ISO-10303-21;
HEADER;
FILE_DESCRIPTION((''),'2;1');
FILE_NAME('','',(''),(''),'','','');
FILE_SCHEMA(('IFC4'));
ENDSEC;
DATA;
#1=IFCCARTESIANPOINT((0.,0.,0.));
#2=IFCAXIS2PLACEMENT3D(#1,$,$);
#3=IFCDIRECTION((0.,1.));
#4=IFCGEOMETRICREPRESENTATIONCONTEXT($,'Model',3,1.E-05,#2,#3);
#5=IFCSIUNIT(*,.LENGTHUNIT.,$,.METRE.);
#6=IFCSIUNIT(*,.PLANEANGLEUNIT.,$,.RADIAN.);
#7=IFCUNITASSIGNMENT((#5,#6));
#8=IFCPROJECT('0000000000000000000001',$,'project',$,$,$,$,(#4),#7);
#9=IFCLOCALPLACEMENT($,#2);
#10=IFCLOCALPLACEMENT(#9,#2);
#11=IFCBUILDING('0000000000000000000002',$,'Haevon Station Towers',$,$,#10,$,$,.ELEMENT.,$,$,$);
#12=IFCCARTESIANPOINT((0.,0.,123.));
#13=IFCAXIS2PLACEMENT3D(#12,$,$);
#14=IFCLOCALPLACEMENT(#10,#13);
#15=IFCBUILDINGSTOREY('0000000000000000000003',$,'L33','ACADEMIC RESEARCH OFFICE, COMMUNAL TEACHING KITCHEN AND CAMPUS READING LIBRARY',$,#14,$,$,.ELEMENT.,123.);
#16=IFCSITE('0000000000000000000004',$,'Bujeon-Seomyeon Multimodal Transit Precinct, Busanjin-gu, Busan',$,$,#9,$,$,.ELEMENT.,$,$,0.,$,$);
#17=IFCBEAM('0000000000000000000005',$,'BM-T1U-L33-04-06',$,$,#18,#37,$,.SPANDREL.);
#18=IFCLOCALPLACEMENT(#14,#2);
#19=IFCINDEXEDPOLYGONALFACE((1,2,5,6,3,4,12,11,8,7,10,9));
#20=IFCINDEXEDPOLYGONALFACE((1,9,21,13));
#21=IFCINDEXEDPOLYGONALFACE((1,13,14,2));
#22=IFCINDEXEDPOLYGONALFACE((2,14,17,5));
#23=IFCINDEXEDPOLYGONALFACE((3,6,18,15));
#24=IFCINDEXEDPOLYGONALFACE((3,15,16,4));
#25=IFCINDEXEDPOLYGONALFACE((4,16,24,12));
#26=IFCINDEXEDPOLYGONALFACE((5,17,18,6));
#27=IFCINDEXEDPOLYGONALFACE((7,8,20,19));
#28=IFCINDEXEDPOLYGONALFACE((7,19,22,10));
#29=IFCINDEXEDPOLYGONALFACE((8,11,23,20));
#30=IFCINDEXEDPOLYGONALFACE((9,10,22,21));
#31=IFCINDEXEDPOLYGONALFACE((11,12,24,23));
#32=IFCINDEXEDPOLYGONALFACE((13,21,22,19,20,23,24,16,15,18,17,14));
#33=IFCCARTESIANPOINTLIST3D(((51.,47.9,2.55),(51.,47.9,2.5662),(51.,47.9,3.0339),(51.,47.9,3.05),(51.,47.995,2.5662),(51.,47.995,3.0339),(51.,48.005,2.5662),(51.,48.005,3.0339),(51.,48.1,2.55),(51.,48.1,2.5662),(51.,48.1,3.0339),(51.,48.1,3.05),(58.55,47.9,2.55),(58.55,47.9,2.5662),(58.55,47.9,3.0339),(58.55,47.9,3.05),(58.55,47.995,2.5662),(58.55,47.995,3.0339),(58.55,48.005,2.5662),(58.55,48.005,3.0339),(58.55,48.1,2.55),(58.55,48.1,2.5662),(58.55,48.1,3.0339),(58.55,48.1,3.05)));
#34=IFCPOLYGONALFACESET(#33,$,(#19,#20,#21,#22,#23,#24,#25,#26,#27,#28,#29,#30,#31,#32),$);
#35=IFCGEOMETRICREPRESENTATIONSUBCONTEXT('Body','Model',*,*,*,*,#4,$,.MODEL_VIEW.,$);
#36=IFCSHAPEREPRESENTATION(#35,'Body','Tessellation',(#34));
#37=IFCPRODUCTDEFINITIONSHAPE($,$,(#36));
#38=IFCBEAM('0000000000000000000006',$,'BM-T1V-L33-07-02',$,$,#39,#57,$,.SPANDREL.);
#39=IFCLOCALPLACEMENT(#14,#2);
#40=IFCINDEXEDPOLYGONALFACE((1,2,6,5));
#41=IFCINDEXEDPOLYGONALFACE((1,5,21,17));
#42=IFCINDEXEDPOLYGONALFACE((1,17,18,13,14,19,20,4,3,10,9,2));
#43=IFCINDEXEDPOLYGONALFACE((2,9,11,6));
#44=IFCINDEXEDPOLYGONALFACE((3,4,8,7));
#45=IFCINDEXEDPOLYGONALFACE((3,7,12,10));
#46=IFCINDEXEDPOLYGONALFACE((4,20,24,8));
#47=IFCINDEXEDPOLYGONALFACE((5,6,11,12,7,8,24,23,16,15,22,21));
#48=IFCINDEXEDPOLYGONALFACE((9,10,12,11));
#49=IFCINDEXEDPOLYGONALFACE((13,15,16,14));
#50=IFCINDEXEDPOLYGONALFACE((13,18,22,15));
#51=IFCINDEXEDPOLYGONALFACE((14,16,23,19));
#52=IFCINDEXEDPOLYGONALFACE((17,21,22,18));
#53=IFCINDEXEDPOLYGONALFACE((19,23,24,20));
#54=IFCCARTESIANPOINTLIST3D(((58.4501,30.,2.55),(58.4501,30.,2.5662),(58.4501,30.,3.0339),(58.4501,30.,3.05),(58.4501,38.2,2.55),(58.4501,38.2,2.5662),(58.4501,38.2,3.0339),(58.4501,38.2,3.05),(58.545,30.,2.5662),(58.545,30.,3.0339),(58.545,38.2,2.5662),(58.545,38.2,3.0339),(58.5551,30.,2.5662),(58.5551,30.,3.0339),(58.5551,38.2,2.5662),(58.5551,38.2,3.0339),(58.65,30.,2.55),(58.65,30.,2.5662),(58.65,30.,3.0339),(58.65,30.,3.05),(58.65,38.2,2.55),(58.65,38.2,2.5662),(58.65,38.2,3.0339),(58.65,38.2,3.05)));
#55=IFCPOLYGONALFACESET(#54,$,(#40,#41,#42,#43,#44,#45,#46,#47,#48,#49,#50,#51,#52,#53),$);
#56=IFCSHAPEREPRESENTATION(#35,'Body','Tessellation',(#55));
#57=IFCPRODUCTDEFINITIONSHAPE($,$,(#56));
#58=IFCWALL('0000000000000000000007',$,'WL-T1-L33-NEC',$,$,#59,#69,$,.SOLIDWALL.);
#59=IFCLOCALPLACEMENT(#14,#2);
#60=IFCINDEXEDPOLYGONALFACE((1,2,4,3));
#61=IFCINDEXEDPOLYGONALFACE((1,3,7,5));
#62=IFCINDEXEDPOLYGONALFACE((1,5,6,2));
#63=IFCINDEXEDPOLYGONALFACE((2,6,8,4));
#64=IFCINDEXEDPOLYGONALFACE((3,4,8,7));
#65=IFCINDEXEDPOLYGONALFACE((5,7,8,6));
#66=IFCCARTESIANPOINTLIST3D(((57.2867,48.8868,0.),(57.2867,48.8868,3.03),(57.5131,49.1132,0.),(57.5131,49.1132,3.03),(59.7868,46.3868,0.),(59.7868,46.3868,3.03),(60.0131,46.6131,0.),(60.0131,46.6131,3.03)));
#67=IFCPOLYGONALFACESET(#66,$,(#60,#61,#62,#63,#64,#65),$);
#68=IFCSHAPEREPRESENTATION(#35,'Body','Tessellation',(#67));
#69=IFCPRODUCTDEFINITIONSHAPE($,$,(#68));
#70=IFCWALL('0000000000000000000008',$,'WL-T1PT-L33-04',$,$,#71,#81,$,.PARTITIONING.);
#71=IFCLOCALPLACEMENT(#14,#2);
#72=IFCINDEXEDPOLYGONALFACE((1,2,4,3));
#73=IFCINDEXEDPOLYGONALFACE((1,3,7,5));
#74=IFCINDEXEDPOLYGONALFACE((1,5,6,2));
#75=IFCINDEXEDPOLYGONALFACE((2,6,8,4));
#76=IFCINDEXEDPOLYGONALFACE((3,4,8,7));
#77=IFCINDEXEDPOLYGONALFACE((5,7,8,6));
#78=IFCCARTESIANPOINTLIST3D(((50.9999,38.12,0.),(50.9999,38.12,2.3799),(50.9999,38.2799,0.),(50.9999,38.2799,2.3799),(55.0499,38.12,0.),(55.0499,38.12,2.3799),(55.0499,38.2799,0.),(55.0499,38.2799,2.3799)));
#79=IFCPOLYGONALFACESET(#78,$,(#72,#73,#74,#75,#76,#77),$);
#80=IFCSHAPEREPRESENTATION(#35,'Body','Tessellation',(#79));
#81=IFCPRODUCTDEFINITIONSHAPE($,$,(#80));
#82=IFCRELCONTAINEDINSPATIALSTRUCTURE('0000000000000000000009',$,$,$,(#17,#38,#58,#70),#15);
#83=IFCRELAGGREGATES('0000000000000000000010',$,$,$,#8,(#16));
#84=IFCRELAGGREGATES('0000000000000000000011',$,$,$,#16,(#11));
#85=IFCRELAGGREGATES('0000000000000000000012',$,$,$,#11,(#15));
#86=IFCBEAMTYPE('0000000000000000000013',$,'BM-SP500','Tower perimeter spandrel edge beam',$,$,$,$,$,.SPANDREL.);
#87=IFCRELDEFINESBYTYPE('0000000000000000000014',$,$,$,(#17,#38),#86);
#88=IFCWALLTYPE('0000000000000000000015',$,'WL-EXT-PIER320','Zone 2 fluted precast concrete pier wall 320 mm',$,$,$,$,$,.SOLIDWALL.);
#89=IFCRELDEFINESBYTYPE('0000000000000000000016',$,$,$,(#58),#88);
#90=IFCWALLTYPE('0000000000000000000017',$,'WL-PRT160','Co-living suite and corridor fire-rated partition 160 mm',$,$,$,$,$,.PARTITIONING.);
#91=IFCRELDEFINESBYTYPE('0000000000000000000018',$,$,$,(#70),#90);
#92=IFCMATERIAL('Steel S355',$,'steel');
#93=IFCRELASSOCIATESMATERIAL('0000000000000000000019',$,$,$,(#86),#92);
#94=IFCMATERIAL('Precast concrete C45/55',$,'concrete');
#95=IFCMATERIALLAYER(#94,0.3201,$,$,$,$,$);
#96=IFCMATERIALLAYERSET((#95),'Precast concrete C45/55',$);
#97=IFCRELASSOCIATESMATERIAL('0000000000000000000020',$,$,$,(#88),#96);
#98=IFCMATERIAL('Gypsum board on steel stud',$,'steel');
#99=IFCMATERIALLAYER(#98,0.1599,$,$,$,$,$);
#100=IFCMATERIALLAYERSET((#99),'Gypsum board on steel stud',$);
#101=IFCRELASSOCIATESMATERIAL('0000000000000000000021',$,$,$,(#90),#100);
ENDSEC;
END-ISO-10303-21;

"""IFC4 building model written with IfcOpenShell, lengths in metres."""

from ifc_helpers import new_model, si_unit, direction, frame, frame_2d, origin, origin_2d, place, context, subcontext, project, spatial, rectangle, i_section, extrude, material, layer, layer_set, material_profile, profile_set, type_object, element, save


model = new_model("IFC4")

# Units and contexts
model_context = context("Model", 3, precision=1e-05, world=origin(), true_north=direction((0.0, 1.0)))
body_context = subcontext(model_context, "Body", "Model", "MODEL_VIEW")
ifc_project = project(units=[si_unit("LENGTHUNIT", "METRE"), si_unit("PLANEANGLEUNIT", "RADIAN")], contexts=[model_context])

# Site, building, storey
site_placement = place(None, origin())
site = spatial("IfcSite", under=ifc_project, at=site_placement, Name="Bujeon-Seomyeon Multimodal Transit Precinct, Busanjin-gu, Busan", CompositionType="ELEMENT", RefElevation=0.0)
building_placement = place(site_placement, origin())
building = spatial("IfcBuilding", under=site, at=building_placement, Name="Haevon Station Towers", CompositionType="ELEMENT")
storey_placement = place(building_placement, frame((0.0, 0.0, 123.0)))
storey = spatial("IfcBuildingStorey", under=building, at=storey_placement, Name="L33", Description="ACADEMIC RESEARCH OFFICE, COMMUNAL TEACHING KITCHEN AND CAMPUS READING LIBRARY", CompositionType="ELEMENT", Elevation=123.0)

# Beams
ifc_material_1 = material(Name="Steel S355", Category="steel")
ifc_material_profile_1 = material_profile(ifc_material_1, i_section(OverallWidth=0.2, OverallDepth=0.5, WebThickness=0.01, FlangeThickness=0.0161, at=origin_2d()), Name="H-500x200x10x16")
ifc_profile_set_1 = profile_set([ifc_material_profile_1], Name="Steel S355")
beam_type_1 = type_object("IfcBeamType", Name="BM-SP500", Description="Tower perimeter spandrel edge beam", PredefinedType="SPANDREL", material=ifc_profile_set_1)
beam_1_placement = place(storey_placement, frame((51.0, 48.0, 2.8), z_axis=(1.0, 0.0, 0.0), x_axis=(0.0, 1.0, 0.0)))
element("IfcBeam", 1, at=beam_1_placement, inside=storey, type_object=beam_type_1, Name="BM-T1U-L33-04-06", PredefinedType="SPANDREL", context=body_context, shape_type="SweptSolid", body=[
    extrude(i_section(OverallWidth=0.2, OverallDepth=0.5, WebThickness=0.01, FlangeThickness=0.0161, at=origin_2d()), origin(), (0.0, 0.0, 1.0), 7.55),
])
beam_2_placement = place(storey_placement, frame((58.55, 30.0, 2.8), z_axis=(0.0, 1.0, 0.0), x_axis=(-1.0, 0.0, 0.0)))
element("IfcBeam", 2, at=beam_2_placement, inside=storey, type_object=beam_type_1, Name="BM-T1V-L33-07-02", PredefinedType="SPANDREL", context=body_context, shape_type="SweptSolid", body=[
    extrude(i_section(OverallWidth=0.2, OverallDepth=0.5, WebThickness=0.01, FlangeThickness=0.0161, at=origin_2d()), origin(), (0.0, 0.0, 1.0), 8.2),
])

# Walls
ifc_material_2 = material(Name="Precast concrete C45/55", Category="concrete")
ifc_layer_1 = layer(ifc_material_2, 0.3201)
ifc_layer_set_1 = layer_set([ifc_layer_1], Name="Precast concrete C45/55")
wall_type_1 = type_object("IfcWallType", Name="WL-EXT-PIER320", Description="Zone 2 fluted precast concrete pier wall 320 mm", PredefinedType="SOLIDWALL", material=ifc_layer_set_1)
wall_1_placement = place(storey_placement, frame((57.3999, 49.0, 0.0), z_axis=(0.0, 0.0, 1.0), x_axis=(0.707107, -0.707107, 0.0)))
element("IfcWall", 3, at=wall_1_placement, inside=storey, type_object=wall_type_1, Name="WL-T1-L33-NEC", PredefinedType="SOLIDWALL", context=body_context, shape_type="SweptSolid", body=[
    extrude(rectangle(XDim=3.5356, YDim=0.3201, at=frame_2d((1.7678, 0.0))), origin(), (0.0, 0.0, 1.0), 3.03),
])
ifc_material_3 = material(Name="Gypsum board on steel stud", Category="steel")
ifc_layer_2 = layer(ifc_material_3, 0.1599)
ifc_layer_set_2 = layer_set([ifc_layer_2], Name="Gypsum board on steel stud")
wall_type_2 = type_object("IfcWallType", Name="WL-PRT160", Description="Co-living suite and corridor fire-rated partition 160 mm", PredefinedType="PARTITIONING", material=ifc_layer_set_2)
wall_2_placement = place(storey_placement, frame((51.0, 38.2, 0.0), z_axis=(0.0, 0.0, 1.0), x_axis=(1.0, 0.0, 0.0)))
element("IfcWall", 4, at=wall_2_placement, inside=storey, type_object=wall_type_2, Name="WL-T1PT-L33-04", PredefinedType="PARTITIONING", context=body_context, shape_type="SweptSolid", body=[
    extrude(rectangle(XDim=4.05, YDim=0.1599, at=frame_2d((2.0249, 0.0))), origin(), (0.0, 0.0, 1.0), 2.3799),
])

save(model, "model.ifc")
